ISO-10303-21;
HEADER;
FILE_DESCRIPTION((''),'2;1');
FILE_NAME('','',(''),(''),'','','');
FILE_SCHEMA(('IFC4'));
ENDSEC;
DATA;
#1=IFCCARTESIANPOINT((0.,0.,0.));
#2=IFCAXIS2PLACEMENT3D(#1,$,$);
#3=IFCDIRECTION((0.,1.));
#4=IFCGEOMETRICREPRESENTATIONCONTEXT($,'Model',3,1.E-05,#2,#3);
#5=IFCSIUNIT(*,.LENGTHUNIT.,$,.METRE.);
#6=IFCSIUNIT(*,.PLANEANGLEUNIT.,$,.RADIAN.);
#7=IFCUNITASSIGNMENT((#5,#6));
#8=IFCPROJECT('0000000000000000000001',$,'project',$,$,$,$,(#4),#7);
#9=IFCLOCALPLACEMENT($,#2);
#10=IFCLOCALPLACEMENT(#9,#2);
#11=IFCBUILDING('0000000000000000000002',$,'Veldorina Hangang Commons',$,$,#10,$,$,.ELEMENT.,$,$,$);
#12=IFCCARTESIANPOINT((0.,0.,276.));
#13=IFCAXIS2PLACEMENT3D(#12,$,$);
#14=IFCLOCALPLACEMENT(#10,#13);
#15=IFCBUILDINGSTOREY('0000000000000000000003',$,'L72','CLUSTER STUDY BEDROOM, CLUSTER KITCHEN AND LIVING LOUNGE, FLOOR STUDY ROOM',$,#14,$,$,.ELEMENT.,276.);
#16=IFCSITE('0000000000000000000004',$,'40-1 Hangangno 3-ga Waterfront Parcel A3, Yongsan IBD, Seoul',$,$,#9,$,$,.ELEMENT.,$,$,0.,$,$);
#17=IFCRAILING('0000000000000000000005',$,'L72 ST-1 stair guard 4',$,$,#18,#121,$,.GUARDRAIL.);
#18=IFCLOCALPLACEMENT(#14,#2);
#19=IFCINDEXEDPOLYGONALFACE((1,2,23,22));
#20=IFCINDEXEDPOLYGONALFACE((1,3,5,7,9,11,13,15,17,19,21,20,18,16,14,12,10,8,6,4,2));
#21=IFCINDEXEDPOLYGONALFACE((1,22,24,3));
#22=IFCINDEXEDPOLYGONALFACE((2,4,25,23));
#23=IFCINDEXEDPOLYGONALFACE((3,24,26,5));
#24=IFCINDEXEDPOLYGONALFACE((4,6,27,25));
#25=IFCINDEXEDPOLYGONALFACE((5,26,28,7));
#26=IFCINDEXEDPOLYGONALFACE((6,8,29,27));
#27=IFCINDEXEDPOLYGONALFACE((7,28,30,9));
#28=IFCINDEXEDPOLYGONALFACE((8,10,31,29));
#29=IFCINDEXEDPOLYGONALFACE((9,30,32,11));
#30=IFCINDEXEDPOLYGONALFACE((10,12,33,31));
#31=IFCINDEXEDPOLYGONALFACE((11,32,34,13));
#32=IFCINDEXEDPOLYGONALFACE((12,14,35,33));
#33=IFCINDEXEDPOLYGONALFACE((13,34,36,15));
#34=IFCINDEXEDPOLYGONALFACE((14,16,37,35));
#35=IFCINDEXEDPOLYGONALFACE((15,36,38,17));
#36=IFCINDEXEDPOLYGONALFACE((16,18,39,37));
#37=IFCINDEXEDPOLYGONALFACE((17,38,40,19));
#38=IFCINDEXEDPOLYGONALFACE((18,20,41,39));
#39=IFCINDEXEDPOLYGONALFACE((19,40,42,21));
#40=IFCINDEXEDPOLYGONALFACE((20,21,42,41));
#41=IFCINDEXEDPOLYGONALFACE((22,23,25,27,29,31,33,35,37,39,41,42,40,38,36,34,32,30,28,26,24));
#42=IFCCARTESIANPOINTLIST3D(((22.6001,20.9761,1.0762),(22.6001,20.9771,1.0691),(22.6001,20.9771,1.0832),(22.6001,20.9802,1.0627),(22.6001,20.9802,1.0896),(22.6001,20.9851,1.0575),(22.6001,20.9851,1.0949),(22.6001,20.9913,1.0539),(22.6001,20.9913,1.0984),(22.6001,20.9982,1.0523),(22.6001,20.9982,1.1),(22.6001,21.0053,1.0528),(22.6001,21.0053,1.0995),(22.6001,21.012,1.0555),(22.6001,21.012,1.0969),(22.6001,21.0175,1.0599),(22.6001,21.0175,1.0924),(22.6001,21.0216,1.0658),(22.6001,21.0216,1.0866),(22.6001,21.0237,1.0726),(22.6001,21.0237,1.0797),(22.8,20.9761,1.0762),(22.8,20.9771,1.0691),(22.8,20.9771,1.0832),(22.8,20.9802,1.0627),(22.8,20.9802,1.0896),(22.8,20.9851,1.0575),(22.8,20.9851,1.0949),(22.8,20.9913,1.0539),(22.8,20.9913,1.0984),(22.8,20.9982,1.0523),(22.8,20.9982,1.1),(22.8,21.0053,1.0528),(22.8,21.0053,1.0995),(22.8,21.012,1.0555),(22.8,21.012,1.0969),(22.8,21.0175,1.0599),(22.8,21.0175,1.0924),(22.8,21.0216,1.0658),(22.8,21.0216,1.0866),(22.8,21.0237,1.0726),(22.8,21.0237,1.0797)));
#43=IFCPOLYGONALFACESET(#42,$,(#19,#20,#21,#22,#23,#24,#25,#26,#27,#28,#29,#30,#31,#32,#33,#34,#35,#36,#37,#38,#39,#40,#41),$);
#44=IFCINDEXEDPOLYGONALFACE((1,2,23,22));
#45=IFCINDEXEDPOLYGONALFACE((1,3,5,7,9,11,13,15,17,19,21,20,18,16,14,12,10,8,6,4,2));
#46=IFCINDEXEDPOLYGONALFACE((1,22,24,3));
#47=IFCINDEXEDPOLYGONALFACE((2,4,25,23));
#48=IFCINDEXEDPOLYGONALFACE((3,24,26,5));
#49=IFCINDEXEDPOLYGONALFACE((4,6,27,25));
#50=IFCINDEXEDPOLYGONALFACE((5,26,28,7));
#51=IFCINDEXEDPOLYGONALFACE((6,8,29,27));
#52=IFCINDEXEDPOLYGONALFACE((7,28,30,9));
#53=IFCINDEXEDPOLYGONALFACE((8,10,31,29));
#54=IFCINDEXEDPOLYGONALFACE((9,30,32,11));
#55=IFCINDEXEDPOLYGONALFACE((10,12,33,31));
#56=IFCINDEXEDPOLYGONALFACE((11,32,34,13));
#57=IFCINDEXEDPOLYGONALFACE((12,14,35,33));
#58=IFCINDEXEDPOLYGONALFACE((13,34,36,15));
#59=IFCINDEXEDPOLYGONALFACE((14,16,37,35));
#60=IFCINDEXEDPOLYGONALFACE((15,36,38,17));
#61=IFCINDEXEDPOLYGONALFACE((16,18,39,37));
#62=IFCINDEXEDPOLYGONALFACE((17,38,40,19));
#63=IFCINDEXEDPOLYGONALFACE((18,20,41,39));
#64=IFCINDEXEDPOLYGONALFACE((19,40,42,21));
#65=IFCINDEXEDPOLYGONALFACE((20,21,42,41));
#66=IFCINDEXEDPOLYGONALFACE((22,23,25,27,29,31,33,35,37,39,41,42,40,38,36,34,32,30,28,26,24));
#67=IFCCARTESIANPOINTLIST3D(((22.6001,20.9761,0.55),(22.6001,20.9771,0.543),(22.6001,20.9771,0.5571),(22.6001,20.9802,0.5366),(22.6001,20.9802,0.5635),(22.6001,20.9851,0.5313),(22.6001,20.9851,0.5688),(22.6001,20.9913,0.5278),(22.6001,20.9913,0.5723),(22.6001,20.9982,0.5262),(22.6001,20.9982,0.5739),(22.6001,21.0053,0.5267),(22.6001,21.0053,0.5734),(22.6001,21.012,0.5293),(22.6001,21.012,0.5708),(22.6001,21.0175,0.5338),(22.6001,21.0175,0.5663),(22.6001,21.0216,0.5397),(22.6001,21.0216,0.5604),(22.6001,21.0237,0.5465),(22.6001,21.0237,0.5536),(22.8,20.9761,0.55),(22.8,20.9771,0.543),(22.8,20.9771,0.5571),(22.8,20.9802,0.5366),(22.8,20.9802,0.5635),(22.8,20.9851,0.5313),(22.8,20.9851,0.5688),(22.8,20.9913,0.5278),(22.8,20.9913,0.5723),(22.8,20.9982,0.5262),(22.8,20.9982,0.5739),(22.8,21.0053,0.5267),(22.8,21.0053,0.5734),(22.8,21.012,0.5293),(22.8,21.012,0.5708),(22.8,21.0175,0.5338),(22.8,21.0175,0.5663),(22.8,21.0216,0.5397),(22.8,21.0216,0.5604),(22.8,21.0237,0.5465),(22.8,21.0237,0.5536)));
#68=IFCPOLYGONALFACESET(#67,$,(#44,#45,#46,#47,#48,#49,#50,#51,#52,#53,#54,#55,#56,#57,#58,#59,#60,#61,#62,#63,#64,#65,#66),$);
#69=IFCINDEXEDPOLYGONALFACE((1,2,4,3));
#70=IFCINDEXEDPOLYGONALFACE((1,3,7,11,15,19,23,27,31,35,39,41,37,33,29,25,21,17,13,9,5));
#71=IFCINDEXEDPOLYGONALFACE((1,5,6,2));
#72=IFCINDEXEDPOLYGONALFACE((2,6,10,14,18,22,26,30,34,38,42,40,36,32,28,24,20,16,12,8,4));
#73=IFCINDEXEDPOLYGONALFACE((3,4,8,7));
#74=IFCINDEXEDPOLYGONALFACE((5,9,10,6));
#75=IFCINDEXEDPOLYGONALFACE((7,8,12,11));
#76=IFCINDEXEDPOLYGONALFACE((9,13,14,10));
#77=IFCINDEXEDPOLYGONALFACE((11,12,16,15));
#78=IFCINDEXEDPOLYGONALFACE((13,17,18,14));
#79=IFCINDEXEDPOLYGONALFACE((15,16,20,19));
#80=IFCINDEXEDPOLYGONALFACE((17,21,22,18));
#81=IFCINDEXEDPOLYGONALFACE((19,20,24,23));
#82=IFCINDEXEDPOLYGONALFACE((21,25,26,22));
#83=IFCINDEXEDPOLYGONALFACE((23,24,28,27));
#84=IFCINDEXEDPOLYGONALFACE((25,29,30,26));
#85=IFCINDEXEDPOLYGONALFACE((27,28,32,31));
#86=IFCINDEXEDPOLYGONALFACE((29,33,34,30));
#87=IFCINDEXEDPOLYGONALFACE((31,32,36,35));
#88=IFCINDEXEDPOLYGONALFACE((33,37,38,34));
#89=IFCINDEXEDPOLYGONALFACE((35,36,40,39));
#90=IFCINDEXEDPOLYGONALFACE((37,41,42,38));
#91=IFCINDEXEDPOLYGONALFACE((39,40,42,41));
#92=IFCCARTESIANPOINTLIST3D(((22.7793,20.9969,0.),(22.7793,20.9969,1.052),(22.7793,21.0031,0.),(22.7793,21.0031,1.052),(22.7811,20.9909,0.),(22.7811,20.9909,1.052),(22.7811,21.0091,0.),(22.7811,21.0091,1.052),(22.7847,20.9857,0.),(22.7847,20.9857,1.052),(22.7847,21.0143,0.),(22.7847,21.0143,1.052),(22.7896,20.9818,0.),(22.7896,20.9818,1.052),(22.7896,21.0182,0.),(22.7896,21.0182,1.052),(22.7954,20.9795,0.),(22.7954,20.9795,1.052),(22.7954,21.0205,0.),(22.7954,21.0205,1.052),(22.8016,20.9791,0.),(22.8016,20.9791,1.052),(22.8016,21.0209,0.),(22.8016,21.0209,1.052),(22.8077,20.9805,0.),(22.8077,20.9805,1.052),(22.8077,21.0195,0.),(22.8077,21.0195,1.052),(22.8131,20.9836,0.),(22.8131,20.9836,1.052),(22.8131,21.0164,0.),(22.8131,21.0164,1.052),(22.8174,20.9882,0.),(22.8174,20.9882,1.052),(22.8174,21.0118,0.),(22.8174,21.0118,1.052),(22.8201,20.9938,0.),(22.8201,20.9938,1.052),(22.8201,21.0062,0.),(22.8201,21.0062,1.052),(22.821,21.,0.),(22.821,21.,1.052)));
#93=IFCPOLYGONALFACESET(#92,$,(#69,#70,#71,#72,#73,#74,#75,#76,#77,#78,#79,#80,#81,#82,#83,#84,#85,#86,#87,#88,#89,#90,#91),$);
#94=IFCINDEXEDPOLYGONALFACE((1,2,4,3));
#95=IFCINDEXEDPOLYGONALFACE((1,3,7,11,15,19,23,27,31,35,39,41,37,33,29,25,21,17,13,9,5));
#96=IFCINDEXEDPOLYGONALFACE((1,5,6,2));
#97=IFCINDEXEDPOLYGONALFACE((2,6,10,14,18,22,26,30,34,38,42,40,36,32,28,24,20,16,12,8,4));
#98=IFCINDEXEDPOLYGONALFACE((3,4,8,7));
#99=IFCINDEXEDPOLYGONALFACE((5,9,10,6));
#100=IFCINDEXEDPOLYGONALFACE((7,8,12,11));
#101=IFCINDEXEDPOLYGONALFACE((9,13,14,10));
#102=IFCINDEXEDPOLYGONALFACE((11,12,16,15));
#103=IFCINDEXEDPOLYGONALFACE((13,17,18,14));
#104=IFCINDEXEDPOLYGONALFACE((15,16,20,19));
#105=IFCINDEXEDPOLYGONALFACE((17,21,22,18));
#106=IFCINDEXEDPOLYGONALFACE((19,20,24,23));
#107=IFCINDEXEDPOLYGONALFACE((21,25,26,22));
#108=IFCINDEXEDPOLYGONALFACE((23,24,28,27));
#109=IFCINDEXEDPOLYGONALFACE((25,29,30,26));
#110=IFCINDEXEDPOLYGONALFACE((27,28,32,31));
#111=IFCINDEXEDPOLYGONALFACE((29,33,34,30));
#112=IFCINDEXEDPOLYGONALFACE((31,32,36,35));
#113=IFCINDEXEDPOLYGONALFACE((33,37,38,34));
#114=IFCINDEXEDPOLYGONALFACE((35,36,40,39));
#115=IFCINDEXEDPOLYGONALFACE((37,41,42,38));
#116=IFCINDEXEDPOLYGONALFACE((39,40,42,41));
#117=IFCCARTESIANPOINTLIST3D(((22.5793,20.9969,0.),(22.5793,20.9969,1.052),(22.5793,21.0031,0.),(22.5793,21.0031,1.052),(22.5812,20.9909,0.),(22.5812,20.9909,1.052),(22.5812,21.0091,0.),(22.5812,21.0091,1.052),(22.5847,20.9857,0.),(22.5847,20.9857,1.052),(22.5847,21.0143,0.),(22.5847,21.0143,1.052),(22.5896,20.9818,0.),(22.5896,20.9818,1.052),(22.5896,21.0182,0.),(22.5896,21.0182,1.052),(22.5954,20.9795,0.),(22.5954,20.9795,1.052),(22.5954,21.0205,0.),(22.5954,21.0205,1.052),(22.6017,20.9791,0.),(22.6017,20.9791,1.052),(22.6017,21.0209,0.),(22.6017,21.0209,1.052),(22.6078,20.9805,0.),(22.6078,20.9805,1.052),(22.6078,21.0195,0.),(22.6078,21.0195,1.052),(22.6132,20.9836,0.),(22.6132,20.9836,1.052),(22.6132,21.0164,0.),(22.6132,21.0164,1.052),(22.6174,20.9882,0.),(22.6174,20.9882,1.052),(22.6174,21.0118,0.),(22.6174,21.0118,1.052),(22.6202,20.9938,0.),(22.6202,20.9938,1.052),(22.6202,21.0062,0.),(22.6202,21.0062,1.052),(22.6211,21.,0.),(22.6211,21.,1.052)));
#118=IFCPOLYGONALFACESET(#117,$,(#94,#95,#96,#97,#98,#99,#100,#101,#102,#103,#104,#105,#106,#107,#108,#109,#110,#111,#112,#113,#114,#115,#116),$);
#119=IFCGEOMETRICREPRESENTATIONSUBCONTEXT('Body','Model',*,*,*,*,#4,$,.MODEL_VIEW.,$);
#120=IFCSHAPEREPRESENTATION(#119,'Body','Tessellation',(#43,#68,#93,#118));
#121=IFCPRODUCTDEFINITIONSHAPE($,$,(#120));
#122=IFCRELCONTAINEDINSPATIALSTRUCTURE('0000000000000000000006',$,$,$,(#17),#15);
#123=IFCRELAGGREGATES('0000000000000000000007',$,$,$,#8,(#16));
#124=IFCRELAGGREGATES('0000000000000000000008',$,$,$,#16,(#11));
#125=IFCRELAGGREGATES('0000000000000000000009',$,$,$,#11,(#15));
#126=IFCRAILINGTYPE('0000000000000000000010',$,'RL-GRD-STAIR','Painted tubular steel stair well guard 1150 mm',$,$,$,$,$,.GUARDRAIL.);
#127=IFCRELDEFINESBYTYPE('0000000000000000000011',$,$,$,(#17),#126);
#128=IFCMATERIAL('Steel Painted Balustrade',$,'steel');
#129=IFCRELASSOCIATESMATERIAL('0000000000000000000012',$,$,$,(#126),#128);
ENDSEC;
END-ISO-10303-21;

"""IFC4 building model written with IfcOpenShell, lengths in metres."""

from ifc_helpers import new_model, si_unit, direction, frame, origin, origin_2d, place, context, subcontext, project, spatial, circle, extrude, material, type_object, element, save


model = new_model("IFC4")

# Units and contexts
model_context = context("Model", 3, precision=1e-05, world=origin(), true_north=direction((0.0, 1.0)))
body_context = subcontext(model_context, "Body", "Model", "MODEL_VIEW")
ifc_project = project(units=[si_unit("LENGTHUNIT", "METRE"), si_unit("PLANEANGLEUNIT", "RADIAN")], contexts=[model_context])

# Site, building, storey
site_placement = place(None, origin())
site = spatial("IfcSite", under=ifc_project, at=site_placement, Name="40-1 Hangangno 3-ga Waterfront Parcel A3, Yongsan IBD, Seoul", CompositionType="ELEMENT", RefElevation=0.0)
building_placement = place(site_placement, origin())
building = spatial("IfcBuilding", under=site, at=building_placement, Name="Veldorina Hangang Commons", CompositionType="ELEMENT")
storey_placement = place(building_placement, frame((0.0, 0.0, 276.0)))
storey = spatial("IfcBuildingStorey", under=building, at=storey_placement, Name="L72", Description="CLUSTER STUDY BEDROOM, CLUSTER KITCHEN AND LIVING LOUNGE, FLOOR STUDY ROOM", CompositionType="ELEMENT", Elevation=276.0)

# Railing
ifc_material_1 = material(Name="Steel Painted Balustrade", Category="steel")
railing_type_1 = type_object("IfcRailingType", Name="RL-GRD-STAIR", Description="Painted tubular steel stair well guard 1150 mm", PredefinedType="GUARDRAIL", material=ifc_material_1)
railing_1_placement = place(storey_placement, frame((22.8, 21.0, 0.0)))
element("IfcRailing", 1, at=railing_1_placement, inside=storey, type_object=railing_type_1, Name="L72 ST-1 stair guard 4", PredefinedType="GUARDRAIL", context=body_context, shape_type="SweptSolid", body=[
    extrude(circle(Radius=0.0239, at=origin_2d()), frame((0.0, 0.0, 1.0762), z_axis=(-1.0, 0.0, 0.0), x_axis=(0.0, -1.0, 0.0)), (0.0, 0.0, 1.0), 0.2),
    extrude(circle(Radius=0.0239, at=origin_2d()), frame((0.0, 0.0, 0.55), z_axis=(-1.0, 0.0, 0.0), x_axis=(0.0, -1.0, 0.0)), (0.0, 0.0, 1.0), 0.2),
    extrude(circle(Radius=0.021, at=origin_2d()), origin(), (0.0, 0.0, 1.0), 1.052),
    extrude(circle(Radius=0.021, at=origin_2d()), frame((-0.2, 0.0, 0.0)), (0.0, 0.0, 1.0), 1.052),
])

save(model, "model.ifc")
